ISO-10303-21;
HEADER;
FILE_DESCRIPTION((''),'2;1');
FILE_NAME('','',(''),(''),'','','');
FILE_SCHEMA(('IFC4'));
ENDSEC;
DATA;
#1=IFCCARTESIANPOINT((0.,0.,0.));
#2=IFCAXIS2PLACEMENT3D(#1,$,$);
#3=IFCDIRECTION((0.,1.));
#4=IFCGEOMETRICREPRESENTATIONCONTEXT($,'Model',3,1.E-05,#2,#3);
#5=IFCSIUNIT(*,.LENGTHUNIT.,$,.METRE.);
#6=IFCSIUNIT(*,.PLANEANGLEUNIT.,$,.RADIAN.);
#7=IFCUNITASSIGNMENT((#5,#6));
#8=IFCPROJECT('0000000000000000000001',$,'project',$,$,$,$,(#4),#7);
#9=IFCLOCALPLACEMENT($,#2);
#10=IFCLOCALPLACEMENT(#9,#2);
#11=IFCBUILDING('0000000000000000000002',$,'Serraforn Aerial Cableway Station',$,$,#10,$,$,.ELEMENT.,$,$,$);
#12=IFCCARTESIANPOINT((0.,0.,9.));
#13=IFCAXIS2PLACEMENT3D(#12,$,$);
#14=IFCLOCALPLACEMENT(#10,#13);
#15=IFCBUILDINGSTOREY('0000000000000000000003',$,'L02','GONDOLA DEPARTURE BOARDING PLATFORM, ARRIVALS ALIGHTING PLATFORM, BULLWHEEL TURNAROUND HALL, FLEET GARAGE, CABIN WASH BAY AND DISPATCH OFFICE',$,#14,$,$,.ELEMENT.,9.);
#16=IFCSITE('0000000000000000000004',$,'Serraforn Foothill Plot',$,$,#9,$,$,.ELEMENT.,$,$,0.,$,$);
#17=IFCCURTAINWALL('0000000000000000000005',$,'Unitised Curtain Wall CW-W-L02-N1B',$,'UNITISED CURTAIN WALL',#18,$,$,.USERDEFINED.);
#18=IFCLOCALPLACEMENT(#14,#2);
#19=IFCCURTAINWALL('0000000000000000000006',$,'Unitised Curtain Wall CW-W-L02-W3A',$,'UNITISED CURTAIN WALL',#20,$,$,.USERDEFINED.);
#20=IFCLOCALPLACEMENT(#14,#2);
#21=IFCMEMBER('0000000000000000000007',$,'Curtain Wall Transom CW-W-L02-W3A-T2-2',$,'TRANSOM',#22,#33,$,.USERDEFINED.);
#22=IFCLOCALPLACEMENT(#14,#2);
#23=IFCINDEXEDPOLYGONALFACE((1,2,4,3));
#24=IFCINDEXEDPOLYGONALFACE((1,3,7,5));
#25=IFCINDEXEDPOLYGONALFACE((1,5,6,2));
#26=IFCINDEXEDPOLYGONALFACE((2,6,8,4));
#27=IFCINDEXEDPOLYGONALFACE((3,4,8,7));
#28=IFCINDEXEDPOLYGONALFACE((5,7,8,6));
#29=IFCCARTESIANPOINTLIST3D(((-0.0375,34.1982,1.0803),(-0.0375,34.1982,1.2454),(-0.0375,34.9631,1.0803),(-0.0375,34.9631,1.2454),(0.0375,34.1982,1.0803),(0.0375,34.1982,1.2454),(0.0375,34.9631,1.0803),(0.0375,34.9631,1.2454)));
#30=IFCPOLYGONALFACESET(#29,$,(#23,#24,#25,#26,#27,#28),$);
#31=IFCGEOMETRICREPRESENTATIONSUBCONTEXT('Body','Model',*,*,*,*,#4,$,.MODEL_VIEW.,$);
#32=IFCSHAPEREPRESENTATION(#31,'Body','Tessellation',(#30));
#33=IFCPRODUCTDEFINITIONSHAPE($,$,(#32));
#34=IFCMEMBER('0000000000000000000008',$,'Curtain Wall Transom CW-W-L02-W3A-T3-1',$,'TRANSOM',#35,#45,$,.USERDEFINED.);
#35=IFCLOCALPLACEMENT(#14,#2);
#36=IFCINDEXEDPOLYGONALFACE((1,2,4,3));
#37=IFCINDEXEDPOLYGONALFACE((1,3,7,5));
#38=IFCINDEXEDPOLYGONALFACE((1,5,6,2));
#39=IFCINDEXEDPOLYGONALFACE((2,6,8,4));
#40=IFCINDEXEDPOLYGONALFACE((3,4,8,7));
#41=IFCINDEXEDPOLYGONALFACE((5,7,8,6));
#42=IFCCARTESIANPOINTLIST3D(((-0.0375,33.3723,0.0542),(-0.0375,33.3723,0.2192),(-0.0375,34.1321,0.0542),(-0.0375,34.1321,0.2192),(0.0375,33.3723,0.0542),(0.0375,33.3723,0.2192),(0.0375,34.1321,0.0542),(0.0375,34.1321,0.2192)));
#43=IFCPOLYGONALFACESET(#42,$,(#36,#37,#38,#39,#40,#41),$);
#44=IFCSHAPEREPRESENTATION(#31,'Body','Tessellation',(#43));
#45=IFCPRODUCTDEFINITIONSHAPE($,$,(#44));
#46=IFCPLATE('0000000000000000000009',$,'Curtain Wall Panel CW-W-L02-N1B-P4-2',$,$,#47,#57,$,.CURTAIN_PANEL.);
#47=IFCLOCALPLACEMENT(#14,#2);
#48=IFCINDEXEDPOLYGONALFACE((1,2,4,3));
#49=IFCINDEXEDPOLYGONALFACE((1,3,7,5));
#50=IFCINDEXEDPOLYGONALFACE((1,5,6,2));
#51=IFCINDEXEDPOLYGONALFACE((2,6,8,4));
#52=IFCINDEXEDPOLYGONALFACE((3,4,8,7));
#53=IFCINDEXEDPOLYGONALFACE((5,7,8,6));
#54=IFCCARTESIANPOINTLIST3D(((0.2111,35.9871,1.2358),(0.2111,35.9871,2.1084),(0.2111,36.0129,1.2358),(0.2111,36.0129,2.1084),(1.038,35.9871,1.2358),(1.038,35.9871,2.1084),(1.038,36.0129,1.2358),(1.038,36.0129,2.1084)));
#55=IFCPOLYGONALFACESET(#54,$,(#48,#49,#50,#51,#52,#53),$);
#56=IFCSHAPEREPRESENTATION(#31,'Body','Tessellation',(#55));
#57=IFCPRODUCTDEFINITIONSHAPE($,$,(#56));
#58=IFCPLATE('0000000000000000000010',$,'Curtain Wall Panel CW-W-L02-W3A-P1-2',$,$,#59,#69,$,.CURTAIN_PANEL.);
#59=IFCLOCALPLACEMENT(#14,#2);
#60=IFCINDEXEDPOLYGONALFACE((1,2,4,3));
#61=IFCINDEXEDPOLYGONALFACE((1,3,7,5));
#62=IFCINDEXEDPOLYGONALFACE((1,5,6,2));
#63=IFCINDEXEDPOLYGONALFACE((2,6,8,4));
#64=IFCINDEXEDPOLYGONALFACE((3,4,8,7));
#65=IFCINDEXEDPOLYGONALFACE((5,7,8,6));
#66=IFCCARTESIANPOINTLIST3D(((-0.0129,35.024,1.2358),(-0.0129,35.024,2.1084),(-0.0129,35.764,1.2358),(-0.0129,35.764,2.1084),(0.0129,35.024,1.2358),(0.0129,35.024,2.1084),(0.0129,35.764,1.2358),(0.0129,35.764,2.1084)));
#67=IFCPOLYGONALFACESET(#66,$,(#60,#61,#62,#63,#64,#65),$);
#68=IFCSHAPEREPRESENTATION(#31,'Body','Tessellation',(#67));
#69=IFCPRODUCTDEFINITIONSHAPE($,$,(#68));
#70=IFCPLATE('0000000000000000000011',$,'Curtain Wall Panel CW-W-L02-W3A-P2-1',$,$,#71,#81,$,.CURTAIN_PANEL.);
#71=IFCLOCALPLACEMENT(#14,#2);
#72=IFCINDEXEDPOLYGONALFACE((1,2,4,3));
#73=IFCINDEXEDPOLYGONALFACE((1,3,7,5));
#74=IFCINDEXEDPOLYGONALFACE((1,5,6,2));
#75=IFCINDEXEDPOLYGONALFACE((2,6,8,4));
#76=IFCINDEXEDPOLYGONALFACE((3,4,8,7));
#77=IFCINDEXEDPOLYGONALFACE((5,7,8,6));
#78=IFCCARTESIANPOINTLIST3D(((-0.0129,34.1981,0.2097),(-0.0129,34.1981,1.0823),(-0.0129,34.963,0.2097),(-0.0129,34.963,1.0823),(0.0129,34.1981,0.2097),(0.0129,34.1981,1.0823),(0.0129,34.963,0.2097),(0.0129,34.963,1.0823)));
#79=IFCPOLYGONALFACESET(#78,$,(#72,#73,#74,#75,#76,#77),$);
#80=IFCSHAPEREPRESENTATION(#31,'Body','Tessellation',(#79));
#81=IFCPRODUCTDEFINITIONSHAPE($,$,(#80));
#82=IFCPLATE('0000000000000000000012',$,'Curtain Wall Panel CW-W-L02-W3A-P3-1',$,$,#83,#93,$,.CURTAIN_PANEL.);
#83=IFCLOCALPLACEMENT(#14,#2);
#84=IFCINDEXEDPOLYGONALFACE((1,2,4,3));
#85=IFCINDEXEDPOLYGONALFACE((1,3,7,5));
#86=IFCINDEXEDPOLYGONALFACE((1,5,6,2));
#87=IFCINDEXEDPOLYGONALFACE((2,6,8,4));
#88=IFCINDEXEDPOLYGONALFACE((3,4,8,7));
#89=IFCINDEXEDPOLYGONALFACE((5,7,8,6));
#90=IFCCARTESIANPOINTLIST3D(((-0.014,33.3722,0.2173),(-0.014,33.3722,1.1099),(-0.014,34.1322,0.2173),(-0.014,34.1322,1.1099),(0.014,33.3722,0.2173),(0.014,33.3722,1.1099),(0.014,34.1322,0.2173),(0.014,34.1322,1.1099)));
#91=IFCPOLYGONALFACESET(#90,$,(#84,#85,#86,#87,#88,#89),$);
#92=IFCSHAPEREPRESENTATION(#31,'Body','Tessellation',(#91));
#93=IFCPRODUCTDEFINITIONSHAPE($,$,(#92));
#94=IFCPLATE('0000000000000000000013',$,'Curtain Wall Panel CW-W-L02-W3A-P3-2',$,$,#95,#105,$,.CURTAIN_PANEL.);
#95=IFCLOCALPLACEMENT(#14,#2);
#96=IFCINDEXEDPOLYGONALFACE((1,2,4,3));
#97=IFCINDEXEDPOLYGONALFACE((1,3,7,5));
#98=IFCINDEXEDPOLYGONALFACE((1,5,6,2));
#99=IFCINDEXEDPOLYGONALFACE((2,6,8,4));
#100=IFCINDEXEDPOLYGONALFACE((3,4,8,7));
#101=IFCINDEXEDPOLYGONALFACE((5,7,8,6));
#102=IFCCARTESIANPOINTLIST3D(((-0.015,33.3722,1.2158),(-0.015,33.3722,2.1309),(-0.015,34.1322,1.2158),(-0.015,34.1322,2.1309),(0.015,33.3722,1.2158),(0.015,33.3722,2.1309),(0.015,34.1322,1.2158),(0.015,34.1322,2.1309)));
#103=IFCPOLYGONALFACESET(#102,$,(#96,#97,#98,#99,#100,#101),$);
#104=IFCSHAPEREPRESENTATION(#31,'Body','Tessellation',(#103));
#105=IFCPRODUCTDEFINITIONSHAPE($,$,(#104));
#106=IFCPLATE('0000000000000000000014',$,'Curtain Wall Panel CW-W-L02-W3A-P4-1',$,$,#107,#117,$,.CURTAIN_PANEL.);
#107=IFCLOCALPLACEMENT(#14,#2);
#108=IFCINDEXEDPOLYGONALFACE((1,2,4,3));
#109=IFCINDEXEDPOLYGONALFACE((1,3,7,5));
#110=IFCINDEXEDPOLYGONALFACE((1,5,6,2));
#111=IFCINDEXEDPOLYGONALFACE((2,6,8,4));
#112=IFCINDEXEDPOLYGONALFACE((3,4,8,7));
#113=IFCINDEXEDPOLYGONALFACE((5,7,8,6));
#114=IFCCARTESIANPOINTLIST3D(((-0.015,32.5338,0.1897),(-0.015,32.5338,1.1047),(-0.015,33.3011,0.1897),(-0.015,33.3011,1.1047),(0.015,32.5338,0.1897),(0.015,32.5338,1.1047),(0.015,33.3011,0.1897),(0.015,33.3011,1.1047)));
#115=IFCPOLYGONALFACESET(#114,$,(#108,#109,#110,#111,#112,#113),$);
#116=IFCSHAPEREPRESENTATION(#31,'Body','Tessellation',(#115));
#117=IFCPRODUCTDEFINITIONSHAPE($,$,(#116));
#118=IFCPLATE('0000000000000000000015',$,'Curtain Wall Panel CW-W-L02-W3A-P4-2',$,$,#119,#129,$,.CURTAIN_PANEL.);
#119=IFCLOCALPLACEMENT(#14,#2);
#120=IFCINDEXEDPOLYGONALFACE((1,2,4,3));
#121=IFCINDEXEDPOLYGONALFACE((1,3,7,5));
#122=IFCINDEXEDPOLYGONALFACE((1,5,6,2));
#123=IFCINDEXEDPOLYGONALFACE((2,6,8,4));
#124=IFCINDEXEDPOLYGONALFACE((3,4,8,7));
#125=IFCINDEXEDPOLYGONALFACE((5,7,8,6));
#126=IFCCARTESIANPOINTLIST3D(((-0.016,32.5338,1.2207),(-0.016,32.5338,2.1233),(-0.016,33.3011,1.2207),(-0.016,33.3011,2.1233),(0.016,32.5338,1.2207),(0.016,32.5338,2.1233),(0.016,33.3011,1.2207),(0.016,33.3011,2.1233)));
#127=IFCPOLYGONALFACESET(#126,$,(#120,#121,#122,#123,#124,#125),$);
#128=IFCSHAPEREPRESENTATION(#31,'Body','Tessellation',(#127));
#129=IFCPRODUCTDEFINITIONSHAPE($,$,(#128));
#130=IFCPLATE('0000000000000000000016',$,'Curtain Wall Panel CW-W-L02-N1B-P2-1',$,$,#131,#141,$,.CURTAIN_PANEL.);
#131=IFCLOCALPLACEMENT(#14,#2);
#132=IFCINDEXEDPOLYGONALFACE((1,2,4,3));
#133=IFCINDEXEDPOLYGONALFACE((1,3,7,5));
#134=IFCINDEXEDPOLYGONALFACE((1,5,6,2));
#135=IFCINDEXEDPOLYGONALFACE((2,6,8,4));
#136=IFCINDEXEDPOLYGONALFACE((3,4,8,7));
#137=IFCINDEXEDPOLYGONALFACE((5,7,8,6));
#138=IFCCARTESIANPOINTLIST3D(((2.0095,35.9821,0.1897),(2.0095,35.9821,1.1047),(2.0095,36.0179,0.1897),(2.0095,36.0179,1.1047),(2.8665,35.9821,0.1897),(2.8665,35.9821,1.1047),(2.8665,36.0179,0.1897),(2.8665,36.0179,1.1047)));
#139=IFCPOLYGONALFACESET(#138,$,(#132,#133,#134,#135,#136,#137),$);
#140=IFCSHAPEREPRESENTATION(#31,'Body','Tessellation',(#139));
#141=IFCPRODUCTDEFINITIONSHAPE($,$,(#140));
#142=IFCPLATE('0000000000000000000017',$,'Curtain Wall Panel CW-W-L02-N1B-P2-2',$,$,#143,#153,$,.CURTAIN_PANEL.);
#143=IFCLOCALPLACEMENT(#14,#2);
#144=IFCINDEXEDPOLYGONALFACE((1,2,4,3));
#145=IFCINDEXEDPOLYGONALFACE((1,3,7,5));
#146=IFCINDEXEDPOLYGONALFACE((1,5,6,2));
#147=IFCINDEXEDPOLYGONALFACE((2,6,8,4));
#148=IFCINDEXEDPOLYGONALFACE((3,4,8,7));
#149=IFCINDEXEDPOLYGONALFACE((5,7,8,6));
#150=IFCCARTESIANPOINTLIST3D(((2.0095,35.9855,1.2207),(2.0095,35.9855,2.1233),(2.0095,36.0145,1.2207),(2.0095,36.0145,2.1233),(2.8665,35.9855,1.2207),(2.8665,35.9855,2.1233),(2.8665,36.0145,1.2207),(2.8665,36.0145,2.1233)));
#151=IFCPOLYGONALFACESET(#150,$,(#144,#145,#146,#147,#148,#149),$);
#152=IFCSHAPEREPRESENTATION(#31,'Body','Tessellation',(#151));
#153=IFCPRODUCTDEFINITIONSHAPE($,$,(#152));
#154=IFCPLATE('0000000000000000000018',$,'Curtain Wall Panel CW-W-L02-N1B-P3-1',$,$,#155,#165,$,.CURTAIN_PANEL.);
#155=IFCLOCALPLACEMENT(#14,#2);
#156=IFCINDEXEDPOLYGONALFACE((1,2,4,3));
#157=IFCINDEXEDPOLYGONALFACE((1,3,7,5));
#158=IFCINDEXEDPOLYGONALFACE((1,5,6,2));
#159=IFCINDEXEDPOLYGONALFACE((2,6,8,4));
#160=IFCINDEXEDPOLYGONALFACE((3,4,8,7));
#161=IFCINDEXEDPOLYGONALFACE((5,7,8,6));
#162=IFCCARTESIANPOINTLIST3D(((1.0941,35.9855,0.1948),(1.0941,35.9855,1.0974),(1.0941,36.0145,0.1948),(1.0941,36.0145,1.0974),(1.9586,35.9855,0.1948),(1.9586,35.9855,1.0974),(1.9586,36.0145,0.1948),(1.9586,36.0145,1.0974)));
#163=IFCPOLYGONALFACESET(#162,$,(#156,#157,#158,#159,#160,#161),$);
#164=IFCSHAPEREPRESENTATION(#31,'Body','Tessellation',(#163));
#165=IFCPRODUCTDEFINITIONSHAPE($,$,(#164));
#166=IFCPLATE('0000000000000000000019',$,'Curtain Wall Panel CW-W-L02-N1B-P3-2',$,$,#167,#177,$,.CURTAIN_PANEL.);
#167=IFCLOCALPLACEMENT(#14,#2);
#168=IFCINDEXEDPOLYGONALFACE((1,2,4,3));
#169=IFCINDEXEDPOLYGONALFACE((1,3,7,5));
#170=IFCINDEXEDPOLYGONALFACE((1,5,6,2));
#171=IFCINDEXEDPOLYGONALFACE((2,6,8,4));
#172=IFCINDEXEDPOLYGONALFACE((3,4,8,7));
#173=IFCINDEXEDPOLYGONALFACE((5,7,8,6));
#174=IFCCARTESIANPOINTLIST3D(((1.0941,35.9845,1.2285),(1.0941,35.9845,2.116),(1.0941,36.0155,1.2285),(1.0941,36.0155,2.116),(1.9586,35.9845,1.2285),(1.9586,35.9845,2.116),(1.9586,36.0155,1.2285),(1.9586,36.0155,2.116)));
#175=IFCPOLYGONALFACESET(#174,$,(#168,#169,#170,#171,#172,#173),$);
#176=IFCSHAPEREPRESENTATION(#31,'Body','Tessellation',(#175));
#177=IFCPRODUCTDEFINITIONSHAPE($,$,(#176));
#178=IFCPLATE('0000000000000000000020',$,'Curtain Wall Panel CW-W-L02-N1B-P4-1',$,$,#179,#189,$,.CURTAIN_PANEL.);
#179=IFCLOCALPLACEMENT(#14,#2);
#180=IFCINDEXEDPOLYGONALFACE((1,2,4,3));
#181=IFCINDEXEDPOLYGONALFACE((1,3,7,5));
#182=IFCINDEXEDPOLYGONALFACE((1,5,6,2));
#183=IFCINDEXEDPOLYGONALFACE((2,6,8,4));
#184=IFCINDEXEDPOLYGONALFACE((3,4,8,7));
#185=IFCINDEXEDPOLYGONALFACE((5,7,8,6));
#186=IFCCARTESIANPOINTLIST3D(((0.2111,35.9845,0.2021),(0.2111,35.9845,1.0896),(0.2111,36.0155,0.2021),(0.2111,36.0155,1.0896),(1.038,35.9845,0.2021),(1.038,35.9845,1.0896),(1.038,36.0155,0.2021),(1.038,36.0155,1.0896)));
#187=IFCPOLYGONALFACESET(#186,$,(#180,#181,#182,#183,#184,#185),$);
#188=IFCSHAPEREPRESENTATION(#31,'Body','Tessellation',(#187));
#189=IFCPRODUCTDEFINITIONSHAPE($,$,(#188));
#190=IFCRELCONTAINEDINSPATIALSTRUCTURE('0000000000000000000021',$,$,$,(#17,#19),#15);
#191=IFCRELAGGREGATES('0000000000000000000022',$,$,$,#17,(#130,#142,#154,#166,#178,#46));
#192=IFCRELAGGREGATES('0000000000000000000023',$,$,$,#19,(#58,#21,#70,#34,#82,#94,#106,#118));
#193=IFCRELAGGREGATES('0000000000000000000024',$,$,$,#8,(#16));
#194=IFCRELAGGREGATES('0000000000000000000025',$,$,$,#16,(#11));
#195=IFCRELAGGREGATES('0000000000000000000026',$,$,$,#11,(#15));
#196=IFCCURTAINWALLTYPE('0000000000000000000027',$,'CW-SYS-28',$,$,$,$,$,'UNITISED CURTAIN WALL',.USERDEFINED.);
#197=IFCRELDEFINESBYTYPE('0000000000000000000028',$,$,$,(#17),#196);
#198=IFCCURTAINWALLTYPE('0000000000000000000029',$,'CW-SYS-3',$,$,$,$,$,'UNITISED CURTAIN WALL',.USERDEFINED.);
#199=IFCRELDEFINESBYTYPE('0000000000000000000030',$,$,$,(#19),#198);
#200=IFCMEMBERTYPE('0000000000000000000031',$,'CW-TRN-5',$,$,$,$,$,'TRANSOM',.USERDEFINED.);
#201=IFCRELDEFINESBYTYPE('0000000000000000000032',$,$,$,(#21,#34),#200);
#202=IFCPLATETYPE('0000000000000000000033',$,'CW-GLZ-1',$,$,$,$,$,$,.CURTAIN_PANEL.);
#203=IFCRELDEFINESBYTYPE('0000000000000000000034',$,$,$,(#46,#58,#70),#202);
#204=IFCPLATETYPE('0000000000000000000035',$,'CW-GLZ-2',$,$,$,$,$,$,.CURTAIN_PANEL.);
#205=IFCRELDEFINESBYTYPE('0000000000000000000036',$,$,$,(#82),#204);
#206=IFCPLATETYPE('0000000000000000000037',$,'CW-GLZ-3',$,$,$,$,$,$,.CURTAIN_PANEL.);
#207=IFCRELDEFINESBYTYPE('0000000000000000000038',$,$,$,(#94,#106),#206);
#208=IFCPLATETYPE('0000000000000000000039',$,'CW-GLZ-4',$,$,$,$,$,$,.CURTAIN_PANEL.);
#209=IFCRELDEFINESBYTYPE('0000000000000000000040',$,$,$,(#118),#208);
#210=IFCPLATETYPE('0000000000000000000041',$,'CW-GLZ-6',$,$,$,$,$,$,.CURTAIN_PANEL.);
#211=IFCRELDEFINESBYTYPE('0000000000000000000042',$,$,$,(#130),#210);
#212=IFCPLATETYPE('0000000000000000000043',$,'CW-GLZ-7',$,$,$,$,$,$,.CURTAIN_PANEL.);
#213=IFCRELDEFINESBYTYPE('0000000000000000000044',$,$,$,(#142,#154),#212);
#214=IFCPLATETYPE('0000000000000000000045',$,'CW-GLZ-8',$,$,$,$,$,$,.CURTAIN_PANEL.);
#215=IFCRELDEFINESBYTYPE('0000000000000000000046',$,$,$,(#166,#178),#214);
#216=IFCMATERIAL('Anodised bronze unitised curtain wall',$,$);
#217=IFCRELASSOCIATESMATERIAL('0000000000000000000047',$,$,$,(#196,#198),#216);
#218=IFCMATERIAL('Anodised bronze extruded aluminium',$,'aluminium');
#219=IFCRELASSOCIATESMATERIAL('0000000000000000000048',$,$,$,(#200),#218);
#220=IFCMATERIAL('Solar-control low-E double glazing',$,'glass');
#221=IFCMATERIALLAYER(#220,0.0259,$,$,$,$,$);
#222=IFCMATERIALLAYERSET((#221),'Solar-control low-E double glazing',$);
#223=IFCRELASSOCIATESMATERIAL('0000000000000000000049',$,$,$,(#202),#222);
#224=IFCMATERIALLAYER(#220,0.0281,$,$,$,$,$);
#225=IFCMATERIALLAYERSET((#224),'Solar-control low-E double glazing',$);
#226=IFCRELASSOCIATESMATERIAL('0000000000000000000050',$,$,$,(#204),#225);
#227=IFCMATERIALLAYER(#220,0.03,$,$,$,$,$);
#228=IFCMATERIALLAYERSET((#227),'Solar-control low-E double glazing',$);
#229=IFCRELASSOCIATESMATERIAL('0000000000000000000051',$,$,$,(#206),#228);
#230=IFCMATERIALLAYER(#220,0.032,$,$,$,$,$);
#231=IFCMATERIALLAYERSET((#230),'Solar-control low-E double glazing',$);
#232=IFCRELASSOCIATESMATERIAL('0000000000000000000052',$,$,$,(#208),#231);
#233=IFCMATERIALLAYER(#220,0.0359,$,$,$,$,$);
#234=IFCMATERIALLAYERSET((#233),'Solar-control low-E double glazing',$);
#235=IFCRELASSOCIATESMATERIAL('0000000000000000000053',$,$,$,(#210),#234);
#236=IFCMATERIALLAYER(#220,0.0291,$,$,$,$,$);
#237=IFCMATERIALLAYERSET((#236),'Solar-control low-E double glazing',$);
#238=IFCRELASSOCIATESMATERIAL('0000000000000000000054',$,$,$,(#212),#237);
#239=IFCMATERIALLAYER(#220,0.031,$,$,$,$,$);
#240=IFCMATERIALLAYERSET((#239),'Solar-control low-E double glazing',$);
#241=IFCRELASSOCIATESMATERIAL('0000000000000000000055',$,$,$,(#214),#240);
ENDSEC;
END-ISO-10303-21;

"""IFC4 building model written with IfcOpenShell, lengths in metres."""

from ifc_helpers import new_model, si_unit, direction, frame, origin, origin_2d, place, context, subcontext, project, spatial, rectangle, extrude, material, layer, layer_set, material_profile, profile_set, type_object, element, aggregate, save


model = new_model("IFC4")

# Units and contexts
model_context = context("Model", 3, precision=1e-05, world=origin(), true_north=direction((0.0, 1.0)))
body_context = subcontext(model_context, "Body", "Model", "MODEL_VIEW")
ifc_project = project(units=[si_unit("LENGTHUNIT", "METRE"), si_unit("PLANEANGLEUNIT", "RADIAN")], contexts=[model_context])

# Site, building, storey
site_placement = place(None, origin())
site = spatial("IfcSite", under=ifc_project, at=site_placement, Name="Serraforn Foothill Plot", CompositionType="ELEMENT", RefElevation=0.0)
building_placement = place(site_placement, origin())
building = spatial("IfcBuilding", under=site, at=building_placement, Name="Serraforn Aerial Cableway Station", CompositionType="ELEMENT")
storey_placement = place(building_placement, frame((0.0, 0.0, 9.0)))
storey = spatial("IfcBuildingStorey", under=building, at=storey_placement, Name="L02", Description="GONDOLA DEPARTURE BOARDING PLATFORM, ARRIVALS ALIGHTING PLATFORM, BULLWHEEL TURNAROUND HALL, FLEET GARAGE, CABIN WASH BAY AND DISPATCH OFFICE", CompositionType="ELEMENT", Elevation=9.0)

# Curtain walls
ifc_material_1 = material(Name="Anodised bronze unitised curtain wall")
curtain_wall_type_1 = type_object("IfcCurtainWallType", Name="CW-SYS-28", ElementType="UNITISED CURTAIN WALL", PredefinedType="USERDEFINED", material=ifc_material_1)
curtain_wall_1_placement = place(storey_placement, origin())
curtain_wall_1 = element("IfcCurtainWall", 1, at=curtain_wall_1_placement, inside=storey, type_object=curtain_wall_type_1, Name="Unitised Curtain Wall CW-W-L02-N1B", ObjectType="UNITISED CURTAIN WALL", PredefinedType="USERDEFINED")
ifc_material_2 = material(Name="Anodised bronze extruded aluminium", Category="aluminium")
curtain_wall_type_2 = type_object("IfcCurtainWallType", Name="CW-SYS-3", ElementType="UNITISED CURTAIN WALL", PredefinedType="USERDEFINED", material=ifc_material_1)
curtain_wall_2_placement = place(storey_placement, origin())
curtain_wall_2 = element("IfcCurtainWall", 2, at=curtain_wall_2_placement, inside=storey, type_object=curtain_wall_type_2, Name="Unitised Curtain Wall CW-W-L02-W3A", ObjectType="UNITISED CURTAIN WALL", PredefinedType="USERDEFINED")

# Members
ifc_material_profile_1 = material_profile(ifc_material_2, rectangle(XDim=0.075, YDim=0.165, at=origin_2d()), Name="CW TRANSOM 75x165")
ifc_profile_set_1 = profile_set([ifc_material_profile_1], Name="Anodised bronze extruded aluminium")
member_type_1 = type_object("IfcMemberType", Name="CW-TRN-5", ElementType="TRANSOM", PredefinedType="USERDEFINED", material=ifc_profile_set_1)
member_1_placement = place(storey_placement, frame((0.0, 34.9631, 1.1628), z_axis=(0.0, -1.0, 0.0), x_axis=(1.0, 0.0, 0.0)))
member_1 = element("IfcMember", 3, at=member_1_placement, type_object=member_type_1, Name="Curtain Wall Transom CW-W-L02-W3A-T2-2", ObjectType="TRANSOM", PredefinedType="USERDEFINED", context=body_context, shape_type="SweptSolid", body=[
    extrude(rectangle(XDim=0.075, YDim=0.165, at=origin_2d()), origin(), (0.0, 0.0, 1.0), 0.7649),
])
member_2_placement = place(storey_placement, frame((0.0, 34.1321, 0.1367), z_axis=(0.0, -1.0, 0.0), x_axis=(1.0, 0.0, 0.0)))
member_2 = element("IfcMember", 4, at=member_2_placement, type_object=member_type_1, Name="Curtain Wall Transom CW-W-L02-W3A-T3-1", ObjectType="TRANSOM", PredefinedType="USERDEFINED", context=body_context, shape_type="SweptSolid", body=[
    extrude(rectangle(XDim=0.075, YDim=0.165, at=origin_2d()), origin(), (0.0, 0.0, 1.0), 0.7598),
])

# Plates
ifc_material_3 = material(Name="Solar-control low-E double glazing", Category="glass")
ifc_layer_1 = layer(ifc_material_3, 0.0259)
ifc_layer_set_1 = layer_set([ifc_layer_1], Name="Solar-control low-E double glazing")
plate_type_1 = type_object("IfcPlateType", Name="CW-GLZ-1", PredefinedType="CURTAIN_PANEL", material=ifc_layer_set_1)
plate_1_placement = place(storey_placement, frame((0.6245, 36.0, 1.2358), z_axis=(0.0, 0.0, 1.0), x_axis=(1.0, 0.0, 0.0)))
plate_1 = element("IfcPlate", 5, at=plate_1_placement, type_object=plate_type_1, Name="Curtain Wall Panel CW-W-L02-N1B-P4-2", PredefinedType="CURTAIN_PANEL", context=body_context, shape_type="SweptSolid", body=[
    extrude(rectangle(XDim=0.8269, YDim=0.0259, at=origin_2d()), origin(), (0.0, 0.0, 1.0), 0.8726),
])
plate_2_placement = place(storey_placement, frame((0.0, 35.394, 1.2358), z_axis=(0.0, 0.0, 1.0), x_axis=(1.0, 0.0, 0.0)))
plate_2 = element("IfcPlate", 6, at=plate_2_placement, type_object=plate_type_1, Name="Curtain Wall Panel CW-W-L02-W3A-P1-2", PredefinedType="CURTAIN_PANEL", context=body_context, shape_type="SweptSolid", body=[
    extrude(rectangle(XDim=0.0259, YDim=0.74, at=origin_2d()), origin(), (0.0, 0.0, 1.0), 0.8726),
])
plate_3_placement = place(storey_placement, frame((0.0, 34.5806, 0.2097), z_axis=(0.0, 0.0, 1.0), x_axis=(1.0, 0.0, 0.0)))
plate_3 = element("IfcPlate", 7, at=plate_3_placement, type_object=plate_type_1, Name="Curtain Wall Panel CW-W-L02-W3A-P2-1", PredefinedType="CURTAIN_PANEL", context=body_context, shape_type="SweptSolid", body=[
    extrude(rectangle(XDim=0.0259, YDim=0.7649, at=origin_2d()), origin(), (0.0, 0.0, 1.0), 0.8726),
])
ifc_layer_2 = layer(ifc_material_3, 0.0281)
ifc_layer_set_2 = layer_set([ifc_layer_2], Name="Solar-control low-E double glazing")
plate_type_2 = type_object("IfcPlateType", Name="CW-GLZ-2", PredefinedType="CURTAIN_PANEL", material=ifc_layer_set_2)
plate_4_placement = place(storey_placement, frame((0.0, 33.7522, 0.2173), z_axis=(0.0, 0.0, 1.0), x_axis=(1.0, 0.0, 0.0)))
plate_4 = element("IfcPlate", 8, at=plate_4_placement, type_object=plate_type_2, Name="Curtain Wall Panel CW-W-L02-W3A-P3-1", PredefinedType="CURTAIN_PANEL", context=body_context, shape_type="SweptSolid", body=[
    extrude(rectangle(XDim=0.0281, YDim=0.76, at=origin_2d()), origin(), (0.0, 0.0, 1.0), 0.8926),
])
ifc_layer_3 = layer(ifc_material_3, 0.03)
ifc_layer_set_3 = layer_set([ifc_layer_3], Name="Solar-control low-E double glazing")
plate_type_3 = type_object("IfcPlateType", Name="CW-GLZ-3", PredefinedType="CURTAIN_PANEL", material=ifc_layer_set_3)
plate_5_placement = place(storey_placement, frame((0.0, 33.7522, 1.2158), z_axis=(0.0, 0.0, 1.0), x_axis=(1.0, 0.0, 0.0)))
plate_5 = element("IfcPlate", 9, at=plate_5_placement, type_object=plate_type_3, Name="Curtain Wall Panel CW-W-L02-W3A-P3-2", PredefinedType="CURTAIN_PANEL", context=body_context, shape_type="SweptSolid", body=[
    extrude(rectangle(XDim=0.03, YDim=0.76, at=origin_2d()), origin(), (0.0, 0.0, 1.0), 0.915),
])
plate_6_placement = place(storey_placement, frame((0.0, 32.9175, 0.1897), z_axis=(0.0, 0.0, 1.0), x_axis=(1.0, 0.0, 0.0)))
plate_6 = element("IfcPlate", 10, at=plate_6_placement, type_object=plate_type_3, Name="Curtain Wall Panel CW-W-L02-W3A-P4-1", PredefinedType="CURTAIN_PANEL", context=body_context, shape_type="SweptSolid", body=[
    extrude(rectangle(XDim=0.03, YDim=0.7673, at=origin_2d()), origin(), (0.0, 0.0, 1.0), 0.915),
])
ifc_layer_4 = layer(ifc_material_3, 0.032)
ifc_layer_set_4 = layer_set([ifc_layer_4], Name="Solar-control low-E double glazing")
plate_type_4 = type_object("IfcPlateType", Name="CW-GLZ-4", PredefinedType="CURTAIN_PANEL", material=ifc_layer_set_4)
plate_7_placement = place(storey_placement, frame((0.0, 32.9175, 1.2207), z_axis=(0.0, 0.0, 1.0), x_axis=(1.0, 0.0, 0.0)))
plate_7 = element("IfcPlate", 11, at=plate_7_placement, type_object=plate_type_4, Name="Curtain Wall Panel CW-W-L02-W3A-P4-2", PredefinedType="CURTAIN_PANEL", context=body_context, shape_type="SweptSolid", body=[
    extrude(rectangle(XDim=0.032, YDim=0.7673, at=origin_2d()), origin(), (0.0, 0.0, 1.0), 0.9026),
])
ifc_layer_5 = layer(ifc_material_3, 0.0359)
ifc_layer_set_5 = layer_set([ifc_layer_5], Name="Solar-control low-E double glazing")
plate_type_5 = type_object("IfcPlateType", Name="CW-GLZ-6", PredefinedType="CURTAIN_PANEL", material=ifc_layer_set_5)
plate_8_placement = place(storey_placement, frame((2.438, 36.0, 0.1897), z_axis=(0.0, 0.0, 1.0), x_axis=(1.0, 0.0, 0.0)))
plate_8 = element("IfcPlate", 12, at=plate_8_placement, type_object=plate_type_5, Name="Curtain Wall Panel CW-W-L02-N1B-P2-1", PredefinedType="CURTAIN_PANEL", context=body_context, shape_type="SweptSolid", body=[
    extrude(rectangle(XDim=0.8569, YDim=0.0359, at=origin_2d()), origin(), (0.0, 0.0, 1.0), 0.915),
])
ifc_layer_6 = layer(ifc_material_3, 0.0291)
ifc_layer_set_6 = layer_set([ifc_layer_6], Name="Solar-control low-E double glazing")
plate_type_6 = type_object("IfcPlateType", Name="CW-GLZ-7", PredefinedType="CURTAIN_PANEL", material=ifc_layer_set_6)
plate_9_placement = place(storey_placement, frame((2.438, 36.0, 1.2207), z_axis=(0.0, 0.0, 1.0), x_axis=(1.0, 0.0, 0.0)))
plate_9 = element("IfcPlate", 13, at=plate_9_placement, type_object=plate_type_6, Name="Curtain Wall Panel CW-W-L02-N1B-P2-2", PredefinedType="CURTAIN_PANEL", context=body_context, shape_type="SweptSolid", body=[
    extrude(rectangle(XDim=0.8569, YDim=0.0291, at=origin_2d()), origin(), (0.0, 0.0, 1.0), 0.9026),
])
plate_10_placement = place(storey_placement, frame((1.5264, 36.0, 0.1948), z_axis=(0.0, 0.0, 1.0), x_axis=(1.0, 0.0, 0.0)))
plate_10 = element("IfcPlate", 14, at=plate_10_placement, type_object=plate_type_6, Name="Curtain Wall Panel CW-W-L02-N1B-P3-1", PredefinedType="CURTAIN_PANEL", context=body_context, shape_type="SweptSolid", body=[
    extrude(rectangle(XDim=0.8645, YDim=0.0291, at=origin_2d()), origin(), (0.0, 0.0, 1.0), 0.9026),
])
ifc_layer_7 = layer(ifc_material_3, 0.031)
ifc_layer_set_7 = layer_set([ifc_layer_7], Name="Solar-control low-E double glazing")
plate_type_7 = type_object("IfcPlateType", Name="CW-GLZ-8", PredefinedType="CURTAIN_PANEL", material=ifc_layer_set_7)
plate_11_placement = place(storey_placement, frame((1.5264, 36.0, 1.2285), z_axis=(0.0, 0.0, 1.0), x_axis=(1.0, 0.0, 0.0)))
plate_11 = element("IfcPlate", 15, at=plate_11_placement, type_object=plate_type_7, Name="Curtain Wall Panel CW-W-L02-N1B-P3-2", PredefinedType="CURTAIN_PANEL", context=body_context, shape_type="SweptSolid", body=[
    extrude(rectangle(XDim=0.8645, YDim=0.031, at=origin_2d()), origin(), (0.0, 0.0, 1.0), 0.8875),
])
plate_12_placement = place(storey_placement, frame((0.6245, 36.0, 0.2021), z_axis=(0.0, 0.0, 1.0), x_axis=(1.0, 0.0, 0.0)))
plate_12 = element("IfcPlate", 16, at=plate_12_placement, type_object=plate_type_7, Name="Curtain Wall Panel CW-W-L02-N1B-P4-1", PredefinedType="CURTAIN_PANEL", context=body_context, shape_type="SweptSolid", body=[
    extrude(rectangle(XDim=0.8269, YDim=0.031, at=origin_2d()), origin(), (0.0, 0.0, 1.0), 0.8875),
])
aggregate(curtain_wall_1, [plate_8, plate_9, plate_10, plate_11, plate_12, plate_1])
aggregate(curtain_wall_2, [plate_2, member_1, plate_3, member_2, plate_4, plate_5, plate_6, plate_7])

save(model, "model.ifc")
